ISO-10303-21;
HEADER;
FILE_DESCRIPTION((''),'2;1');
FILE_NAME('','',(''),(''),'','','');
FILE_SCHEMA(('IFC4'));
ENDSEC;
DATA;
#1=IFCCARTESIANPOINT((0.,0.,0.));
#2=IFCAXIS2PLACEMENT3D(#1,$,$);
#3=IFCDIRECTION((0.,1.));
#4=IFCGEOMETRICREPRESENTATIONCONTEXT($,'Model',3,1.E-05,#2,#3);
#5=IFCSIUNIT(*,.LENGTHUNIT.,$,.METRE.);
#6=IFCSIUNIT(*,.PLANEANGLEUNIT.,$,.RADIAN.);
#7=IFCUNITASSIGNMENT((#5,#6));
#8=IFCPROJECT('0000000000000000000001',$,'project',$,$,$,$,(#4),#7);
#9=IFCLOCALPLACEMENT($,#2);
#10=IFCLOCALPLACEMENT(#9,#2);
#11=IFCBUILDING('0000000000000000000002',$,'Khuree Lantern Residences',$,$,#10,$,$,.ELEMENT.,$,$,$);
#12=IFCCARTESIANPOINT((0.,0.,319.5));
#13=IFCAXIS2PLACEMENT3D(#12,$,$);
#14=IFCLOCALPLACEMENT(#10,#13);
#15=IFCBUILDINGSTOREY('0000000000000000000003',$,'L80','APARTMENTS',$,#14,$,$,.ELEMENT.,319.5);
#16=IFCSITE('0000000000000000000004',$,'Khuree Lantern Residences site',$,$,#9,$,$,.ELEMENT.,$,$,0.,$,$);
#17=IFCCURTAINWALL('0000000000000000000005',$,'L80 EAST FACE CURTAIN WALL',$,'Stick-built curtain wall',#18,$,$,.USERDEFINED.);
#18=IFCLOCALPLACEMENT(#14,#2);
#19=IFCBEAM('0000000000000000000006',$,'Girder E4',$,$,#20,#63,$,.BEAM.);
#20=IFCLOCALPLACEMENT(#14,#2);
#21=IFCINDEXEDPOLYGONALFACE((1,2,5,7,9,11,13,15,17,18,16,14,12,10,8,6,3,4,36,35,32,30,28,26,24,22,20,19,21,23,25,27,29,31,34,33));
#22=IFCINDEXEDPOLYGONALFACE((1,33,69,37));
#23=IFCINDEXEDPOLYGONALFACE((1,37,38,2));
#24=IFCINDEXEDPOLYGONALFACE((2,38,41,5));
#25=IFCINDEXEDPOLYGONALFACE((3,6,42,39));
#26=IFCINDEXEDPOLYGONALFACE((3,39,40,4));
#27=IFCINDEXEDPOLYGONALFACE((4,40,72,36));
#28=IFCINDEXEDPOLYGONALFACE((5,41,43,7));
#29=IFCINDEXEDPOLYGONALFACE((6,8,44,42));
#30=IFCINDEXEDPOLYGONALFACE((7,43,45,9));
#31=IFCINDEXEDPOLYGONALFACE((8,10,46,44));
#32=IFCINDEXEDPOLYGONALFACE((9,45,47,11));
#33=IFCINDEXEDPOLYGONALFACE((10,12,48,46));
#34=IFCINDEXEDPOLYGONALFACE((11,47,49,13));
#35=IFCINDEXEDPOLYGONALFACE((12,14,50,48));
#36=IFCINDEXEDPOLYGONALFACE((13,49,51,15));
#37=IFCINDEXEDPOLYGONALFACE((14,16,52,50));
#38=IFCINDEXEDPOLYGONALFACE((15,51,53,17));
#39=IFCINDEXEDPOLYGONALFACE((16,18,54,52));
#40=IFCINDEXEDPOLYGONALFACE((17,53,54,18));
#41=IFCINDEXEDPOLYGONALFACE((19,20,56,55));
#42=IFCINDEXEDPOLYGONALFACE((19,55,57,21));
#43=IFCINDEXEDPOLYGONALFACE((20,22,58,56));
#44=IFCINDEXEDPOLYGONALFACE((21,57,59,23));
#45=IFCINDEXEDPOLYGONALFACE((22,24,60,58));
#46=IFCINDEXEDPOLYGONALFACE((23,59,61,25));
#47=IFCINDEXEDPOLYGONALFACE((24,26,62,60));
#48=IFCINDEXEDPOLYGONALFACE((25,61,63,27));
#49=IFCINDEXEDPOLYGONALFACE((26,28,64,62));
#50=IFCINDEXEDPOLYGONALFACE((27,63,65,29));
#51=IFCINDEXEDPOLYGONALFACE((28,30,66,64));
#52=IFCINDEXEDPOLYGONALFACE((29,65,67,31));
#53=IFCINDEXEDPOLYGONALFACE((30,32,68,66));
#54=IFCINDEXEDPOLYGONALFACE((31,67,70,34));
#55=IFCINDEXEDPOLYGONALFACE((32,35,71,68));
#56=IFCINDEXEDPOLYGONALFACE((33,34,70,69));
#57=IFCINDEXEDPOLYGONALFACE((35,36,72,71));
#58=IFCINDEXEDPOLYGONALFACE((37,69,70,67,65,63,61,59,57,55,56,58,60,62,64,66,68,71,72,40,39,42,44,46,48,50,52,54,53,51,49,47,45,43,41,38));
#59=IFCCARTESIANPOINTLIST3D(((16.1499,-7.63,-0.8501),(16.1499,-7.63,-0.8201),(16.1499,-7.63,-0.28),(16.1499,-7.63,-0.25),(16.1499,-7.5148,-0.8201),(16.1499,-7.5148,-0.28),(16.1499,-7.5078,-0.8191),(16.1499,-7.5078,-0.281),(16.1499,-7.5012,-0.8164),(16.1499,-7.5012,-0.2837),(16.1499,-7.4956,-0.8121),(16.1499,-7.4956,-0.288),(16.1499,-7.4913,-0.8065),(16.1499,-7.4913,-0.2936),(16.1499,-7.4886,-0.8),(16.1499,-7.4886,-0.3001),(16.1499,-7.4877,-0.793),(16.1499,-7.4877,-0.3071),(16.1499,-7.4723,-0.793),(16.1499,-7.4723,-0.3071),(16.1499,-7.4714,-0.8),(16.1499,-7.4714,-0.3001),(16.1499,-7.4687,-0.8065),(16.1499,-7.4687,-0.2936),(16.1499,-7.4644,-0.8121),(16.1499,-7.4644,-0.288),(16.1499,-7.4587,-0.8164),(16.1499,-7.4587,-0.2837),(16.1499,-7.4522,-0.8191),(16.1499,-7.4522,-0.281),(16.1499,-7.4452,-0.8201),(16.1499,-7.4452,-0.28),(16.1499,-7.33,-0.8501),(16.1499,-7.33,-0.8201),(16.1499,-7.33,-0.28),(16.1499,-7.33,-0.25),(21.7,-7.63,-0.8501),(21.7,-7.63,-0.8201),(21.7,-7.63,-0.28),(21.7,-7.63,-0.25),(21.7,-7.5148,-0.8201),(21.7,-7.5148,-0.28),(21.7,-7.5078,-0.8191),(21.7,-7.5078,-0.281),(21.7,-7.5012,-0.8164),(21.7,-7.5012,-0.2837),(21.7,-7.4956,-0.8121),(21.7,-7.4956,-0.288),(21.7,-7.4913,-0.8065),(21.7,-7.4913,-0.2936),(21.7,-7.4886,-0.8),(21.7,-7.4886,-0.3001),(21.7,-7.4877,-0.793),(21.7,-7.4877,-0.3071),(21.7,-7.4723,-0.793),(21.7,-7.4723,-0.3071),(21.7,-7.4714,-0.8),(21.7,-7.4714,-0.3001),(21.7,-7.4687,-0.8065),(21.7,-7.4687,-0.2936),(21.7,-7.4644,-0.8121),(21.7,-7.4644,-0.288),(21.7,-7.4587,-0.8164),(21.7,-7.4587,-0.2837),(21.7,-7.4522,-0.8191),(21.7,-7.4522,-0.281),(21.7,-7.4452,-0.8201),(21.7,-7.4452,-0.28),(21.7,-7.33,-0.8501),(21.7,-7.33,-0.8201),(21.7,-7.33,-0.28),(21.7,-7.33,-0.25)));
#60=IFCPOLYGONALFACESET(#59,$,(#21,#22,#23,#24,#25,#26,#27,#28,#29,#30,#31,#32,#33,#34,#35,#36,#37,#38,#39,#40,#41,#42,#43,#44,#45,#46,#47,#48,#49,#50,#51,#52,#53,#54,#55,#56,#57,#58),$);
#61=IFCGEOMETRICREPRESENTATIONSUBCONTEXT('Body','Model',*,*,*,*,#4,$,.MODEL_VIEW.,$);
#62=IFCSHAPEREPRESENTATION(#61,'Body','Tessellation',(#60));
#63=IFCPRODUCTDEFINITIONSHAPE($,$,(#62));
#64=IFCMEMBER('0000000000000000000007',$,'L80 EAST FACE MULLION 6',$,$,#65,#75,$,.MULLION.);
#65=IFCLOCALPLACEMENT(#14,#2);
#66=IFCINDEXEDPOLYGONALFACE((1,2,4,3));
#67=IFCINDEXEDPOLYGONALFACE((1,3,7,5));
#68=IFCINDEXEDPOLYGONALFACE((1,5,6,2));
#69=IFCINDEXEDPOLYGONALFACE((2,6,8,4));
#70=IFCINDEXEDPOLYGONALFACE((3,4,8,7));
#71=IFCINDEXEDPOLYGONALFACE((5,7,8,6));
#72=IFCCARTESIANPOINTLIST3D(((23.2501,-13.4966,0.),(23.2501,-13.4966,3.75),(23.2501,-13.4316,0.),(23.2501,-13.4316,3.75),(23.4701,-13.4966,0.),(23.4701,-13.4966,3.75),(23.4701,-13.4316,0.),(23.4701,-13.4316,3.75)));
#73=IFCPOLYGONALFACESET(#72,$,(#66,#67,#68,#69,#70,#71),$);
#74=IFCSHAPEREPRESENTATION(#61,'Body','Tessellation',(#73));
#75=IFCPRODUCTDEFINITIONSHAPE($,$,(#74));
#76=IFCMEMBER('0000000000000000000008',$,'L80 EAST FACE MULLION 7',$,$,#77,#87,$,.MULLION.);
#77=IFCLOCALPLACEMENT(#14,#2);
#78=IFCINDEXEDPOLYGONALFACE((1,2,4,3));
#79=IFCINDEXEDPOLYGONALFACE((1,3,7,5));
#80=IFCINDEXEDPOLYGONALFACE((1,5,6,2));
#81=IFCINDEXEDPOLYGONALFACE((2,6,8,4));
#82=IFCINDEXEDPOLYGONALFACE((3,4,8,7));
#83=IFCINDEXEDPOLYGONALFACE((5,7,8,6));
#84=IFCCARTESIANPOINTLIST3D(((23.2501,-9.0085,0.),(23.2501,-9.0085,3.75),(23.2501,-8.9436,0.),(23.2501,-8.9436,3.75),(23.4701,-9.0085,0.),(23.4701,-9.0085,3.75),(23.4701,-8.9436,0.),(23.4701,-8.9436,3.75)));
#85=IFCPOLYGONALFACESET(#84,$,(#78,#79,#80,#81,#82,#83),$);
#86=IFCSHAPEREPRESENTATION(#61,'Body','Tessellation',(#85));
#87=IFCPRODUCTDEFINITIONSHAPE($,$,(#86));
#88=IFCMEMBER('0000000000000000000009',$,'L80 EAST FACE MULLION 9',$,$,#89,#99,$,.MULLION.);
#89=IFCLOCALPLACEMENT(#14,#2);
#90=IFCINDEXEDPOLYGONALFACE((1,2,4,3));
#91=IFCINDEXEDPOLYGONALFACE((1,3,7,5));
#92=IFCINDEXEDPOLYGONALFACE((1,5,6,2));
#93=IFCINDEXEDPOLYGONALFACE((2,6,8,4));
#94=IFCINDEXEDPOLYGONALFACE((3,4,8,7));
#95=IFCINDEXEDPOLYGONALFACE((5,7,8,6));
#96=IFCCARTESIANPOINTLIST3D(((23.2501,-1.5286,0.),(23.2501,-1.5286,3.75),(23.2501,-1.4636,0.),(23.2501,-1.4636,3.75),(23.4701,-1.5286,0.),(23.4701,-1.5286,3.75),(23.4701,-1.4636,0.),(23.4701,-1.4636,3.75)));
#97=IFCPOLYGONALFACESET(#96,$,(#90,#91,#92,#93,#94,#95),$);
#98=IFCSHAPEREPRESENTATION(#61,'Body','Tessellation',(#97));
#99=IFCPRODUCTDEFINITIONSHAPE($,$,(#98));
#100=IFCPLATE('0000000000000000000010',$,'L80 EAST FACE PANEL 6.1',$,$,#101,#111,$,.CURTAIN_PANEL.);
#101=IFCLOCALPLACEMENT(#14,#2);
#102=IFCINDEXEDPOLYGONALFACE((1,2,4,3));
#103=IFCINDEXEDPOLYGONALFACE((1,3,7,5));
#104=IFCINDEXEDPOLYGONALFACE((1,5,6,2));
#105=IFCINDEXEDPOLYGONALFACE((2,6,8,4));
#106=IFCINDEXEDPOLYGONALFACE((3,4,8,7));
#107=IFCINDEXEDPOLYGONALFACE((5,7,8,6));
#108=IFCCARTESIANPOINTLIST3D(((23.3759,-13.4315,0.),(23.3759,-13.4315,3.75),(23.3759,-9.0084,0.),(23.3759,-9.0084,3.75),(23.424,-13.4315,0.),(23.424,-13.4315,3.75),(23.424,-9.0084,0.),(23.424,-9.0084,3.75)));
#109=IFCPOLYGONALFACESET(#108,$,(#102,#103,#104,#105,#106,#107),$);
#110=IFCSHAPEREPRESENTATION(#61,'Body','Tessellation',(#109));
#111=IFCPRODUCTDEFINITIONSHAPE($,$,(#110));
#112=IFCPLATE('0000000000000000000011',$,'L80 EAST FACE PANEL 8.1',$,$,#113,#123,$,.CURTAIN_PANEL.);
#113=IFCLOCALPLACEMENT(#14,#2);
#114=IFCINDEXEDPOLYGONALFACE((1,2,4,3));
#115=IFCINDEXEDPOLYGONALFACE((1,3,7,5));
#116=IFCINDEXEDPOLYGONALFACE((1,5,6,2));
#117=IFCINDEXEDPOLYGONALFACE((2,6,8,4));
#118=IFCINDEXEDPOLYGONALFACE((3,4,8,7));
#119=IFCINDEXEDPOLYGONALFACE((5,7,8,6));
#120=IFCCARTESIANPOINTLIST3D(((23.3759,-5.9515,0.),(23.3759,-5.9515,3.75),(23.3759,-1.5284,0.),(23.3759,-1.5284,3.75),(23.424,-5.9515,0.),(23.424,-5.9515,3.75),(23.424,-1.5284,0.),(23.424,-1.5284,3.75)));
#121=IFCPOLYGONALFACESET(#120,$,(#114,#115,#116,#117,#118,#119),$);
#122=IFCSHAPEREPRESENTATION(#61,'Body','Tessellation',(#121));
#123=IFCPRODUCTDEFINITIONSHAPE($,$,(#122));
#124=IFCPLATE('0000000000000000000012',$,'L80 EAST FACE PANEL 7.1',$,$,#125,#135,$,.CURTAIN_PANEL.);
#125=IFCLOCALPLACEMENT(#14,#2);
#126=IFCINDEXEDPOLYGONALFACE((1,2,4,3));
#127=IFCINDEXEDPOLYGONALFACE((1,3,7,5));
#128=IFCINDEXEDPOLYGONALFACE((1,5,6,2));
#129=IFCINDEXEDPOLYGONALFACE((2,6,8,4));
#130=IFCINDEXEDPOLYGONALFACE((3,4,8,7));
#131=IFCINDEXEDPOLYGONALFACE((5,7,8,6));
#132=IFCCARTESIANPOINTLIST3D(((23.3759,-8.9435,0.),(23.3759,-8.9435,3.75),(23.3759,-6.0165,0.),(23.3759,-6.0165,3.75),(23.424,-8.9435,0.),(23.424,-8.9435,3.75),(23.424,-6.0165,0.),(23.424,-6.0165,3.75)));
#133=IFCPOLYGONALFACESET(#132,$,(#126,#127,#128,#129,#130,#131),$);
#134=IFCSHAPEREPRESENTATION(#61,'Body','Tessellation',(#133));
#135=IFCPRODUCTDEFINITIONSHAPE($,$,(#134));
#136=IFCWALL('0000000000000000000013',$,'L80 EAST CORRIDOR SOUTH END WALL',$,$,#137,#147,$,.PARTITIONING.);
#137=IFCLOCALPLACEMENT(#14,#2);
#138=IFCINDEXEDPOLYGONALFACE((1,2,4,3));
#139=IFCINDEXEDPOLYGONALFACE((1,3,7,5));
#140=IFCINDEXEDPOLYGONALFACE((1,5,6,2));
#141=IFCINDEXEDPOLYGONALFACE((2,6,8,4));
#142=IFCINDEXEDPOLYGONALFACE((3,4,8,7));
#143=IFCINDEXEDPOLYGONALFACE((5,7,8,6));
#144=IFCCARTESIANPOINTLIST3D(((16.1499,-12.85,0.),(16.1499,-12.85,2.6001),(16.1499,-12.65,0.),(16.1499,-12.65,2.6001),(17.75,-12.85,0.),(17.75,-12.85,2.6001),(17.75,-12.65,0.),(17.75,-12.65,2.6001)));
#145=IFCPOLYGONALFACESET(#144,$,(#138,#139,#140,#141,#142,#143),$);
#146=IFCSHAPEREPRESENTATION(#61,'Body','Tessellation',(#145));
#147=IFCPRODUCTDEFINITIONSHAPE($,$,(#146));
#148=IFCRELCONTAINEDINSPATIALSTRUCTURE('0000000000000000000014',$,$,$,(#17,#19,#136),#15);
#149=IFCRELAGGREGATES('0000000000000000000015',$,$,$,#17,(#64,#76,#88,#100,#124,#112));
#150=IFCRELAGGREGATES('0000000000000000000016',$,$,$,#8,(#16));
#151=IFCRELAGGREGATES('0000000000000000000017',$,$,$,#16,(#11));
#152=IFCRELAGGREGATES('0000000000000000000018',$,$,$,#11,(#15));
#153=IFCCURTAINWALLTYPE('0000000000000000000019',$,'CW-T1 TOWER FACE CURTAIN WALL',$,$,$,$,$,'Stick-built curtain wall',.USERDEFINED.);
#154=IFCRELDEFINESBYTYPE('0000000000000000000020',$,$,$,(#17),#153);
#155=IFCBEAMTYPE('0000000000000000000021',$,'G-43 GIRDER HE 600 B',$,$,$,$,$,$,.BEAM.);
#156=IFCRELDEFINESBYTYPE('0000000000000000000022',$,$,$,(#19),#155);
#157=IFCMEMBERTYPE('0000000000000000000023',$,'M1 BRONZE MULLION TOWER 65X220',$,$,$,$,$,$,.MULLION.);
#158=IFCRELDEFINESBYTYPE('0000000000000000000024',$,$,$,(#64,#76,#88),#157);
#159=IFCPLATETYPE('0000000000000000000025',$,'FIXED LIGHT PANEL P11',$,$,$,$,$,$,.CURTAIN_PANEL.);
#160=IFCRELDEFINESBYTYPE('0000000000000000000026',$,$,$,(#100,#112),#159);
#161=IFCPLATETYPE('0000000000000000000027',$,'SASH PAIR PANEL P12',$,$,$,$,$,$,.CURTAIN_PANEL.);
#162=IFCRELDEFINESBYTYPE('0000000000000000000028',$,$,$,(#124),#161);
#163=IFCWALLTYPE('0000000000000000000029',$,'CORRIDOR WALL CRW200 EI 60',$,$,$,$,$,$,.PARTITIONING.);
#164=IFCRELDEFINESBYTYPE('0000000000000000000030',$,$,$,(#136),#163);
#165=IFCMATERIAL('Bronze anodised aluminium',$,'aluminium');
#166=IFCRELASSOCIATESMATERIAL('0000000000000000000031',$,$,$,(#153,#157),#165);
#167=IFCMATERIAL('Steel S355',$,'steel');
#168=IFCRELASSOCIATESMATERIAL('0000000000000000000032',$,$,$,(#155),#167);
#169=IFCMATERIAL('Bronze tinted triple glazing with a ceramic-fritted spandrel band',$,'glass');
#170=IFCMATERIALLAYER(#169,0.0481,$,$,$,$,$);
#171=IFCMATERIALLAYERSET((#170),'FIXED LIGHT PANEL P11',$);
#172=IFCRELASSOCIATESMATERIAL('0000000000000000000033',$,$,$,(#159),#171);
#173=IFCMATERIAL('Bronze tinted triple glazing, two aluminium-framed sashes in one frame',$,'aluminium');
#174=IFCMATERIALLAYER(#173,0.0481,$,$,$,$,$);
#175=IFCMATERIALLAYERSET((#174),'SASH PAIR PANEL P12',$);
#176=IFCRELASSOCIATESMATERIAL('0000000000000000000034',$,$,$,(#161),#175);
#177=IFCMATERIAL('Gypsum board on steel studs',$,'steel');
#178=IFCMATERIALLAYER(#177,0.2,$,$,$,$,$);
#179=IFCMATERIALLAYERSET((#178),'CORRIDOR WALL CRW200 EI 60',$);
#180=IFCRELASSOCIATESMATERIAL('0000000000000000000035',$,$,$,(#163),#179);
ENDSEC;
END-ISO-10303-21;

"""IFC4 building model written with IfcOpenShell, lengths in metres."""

from ifc_helpers import new_model, si_unit, direction, frame, frame_2d, origin, origin_2d, place, context, subcontext, project, spatial, rectangle, i_section, extrude, material, layer, layer_set, material_profile, profile_set, type_object, element, aggregate, save


model = new_model("IFC4")

# Units and contexts
model_context = context("Model", 3, precision=1e-05, world=origin(), true_north=direction((0.0, 1.0)))
body_context = subcontext(model_context, "Body", "Model", "MODEL_VIEW")
ifc_project = project(units=[si_unit("LENGTHUNIT", "METRE"), si_unit("PLANEANGLEUNIT", "RADIAN")], contexts=[model_context])

# Site, building, storey
site_placement = place(None, origin())
site = spatial("IfcSite", under=ifc_project, at=site_placement, Name="Khuree Lantern Residences site", CompositionType="ELEMENT", RefElevation=0.0)
building_placement = place(site_placement, origin())
building = spatial("IfcBuilding", under=site, at=building_placement, Name="Khuree Lantern Residences", CompositionType="ELEMENT")
storey_placement = place(building_placement, frame((0.0, 0.0, 319.5)))
storey = spatial("IfcBuildingStorey", under=building, at=storey_placement, Name="L80", Description="APARTMENTS", CompositionType="ELEMENT", Elevation=319.5)

# Shared definitions
ifc_material_1 = material(Name="Steel S355", Category="steel")

# Curtain wall
ifc_material_2 = material(Name="Bronze anodised aluminium", Category="aluminium")
curtain_wall_type = type_object("IfcCurtainWallType", Name="CW-T1 TOWER FACE CURTAIN WALL", ElementType="Stick-built curtain wall", PredefinedType="USERDEFINED", material=ifc_material_2)
curtain_wall_placement = place(storey_placement, origin())
curtain_wall = element("IfcCurtainWall", 1, at=curtain_wall_placement, inside=storey, type_object=curtain_wall_type, Name="L80 EAST FACE CURTAIN WALL", ObjectType="Stick-built curtain wall", PredefinedType="USERDEFINED")

# Beam
ifc_material_profile_1 = material_profile(ifc_material_1, i_section(OverallWidth=0.3, OverallDepth=0.6001, WebThickness=0.0154, FlangeThickness=0.03, FilletRadius=0.0271, at=origin_2d()), Name="HE 600 B")
ifc_profile_set_1 = profile_set([ifc_material_profile_1], Name="Steel S355")
beam_type_1 = type_object("IfcBeamType", Name="G-43 GIRDER HE 600 B", PredefinedType="BEAM", material=ifc_profile_set_1)
beam_1_placement = place(storey_placement, frame((21.7, -7.48, -0.55), z_axis=(-1.0, 0.0, 0.0), x_axis=(0.0, -1.0, 0.0)))
element("IfcBeam", 2, at=beam_1_placement, inside=storey, type_object=beam_type_1, Name="Girder E4", PredefinedType="BEAM", context=body_context, shape_type="SweptSolid", body=[
    extrude(i_section(OverallWidth=0.3, OverallDepth=0.6001, WebThickness=0.0154, FlangeThickness=0.03, FilletRadius=0.0271, at=origin_2d()), origin(), (0.0, 0.0, 1.0), 5.55),
])

# Members
ifc_material_profile_2 = material_profile(ifc_material_2, rectangle(XDim=0.0649, YDim=0.22, at=origin_2d()), Name="M1 65X220")
ifc_profile_set_2 = profile_set([ifc_material_profile_2], Name="Bronze anodised aluminium")
member_type_1 = type_object("IfcMemberType", Name="M1 BRONZE MULLION TOWER 65X220", PredefinedType="MULLION", material=ifc_profile_set_2)
member_1_placement = place(storey_placement, frame((23.3601, -13.4641, 0.0), z_axis=(0.0, 0.0, 1.0), x_axis=(0.0, 1.0, 0.0)))
member_1 = element("IfcMember", 3, at=member_1_placement, type_object=member_type_1, Name="L80 EAST FACE MULLION 6", PredefinedType="MULLION", context=body_context, shape_type="SweptSolid", body=[
    extrude(rectangle(XDim=0.0649, YDim=0.22, at=origin_2d()), origin(), (0.0, 0.0, 1.0), 3.75),
])
member_2_placement = place(storey_placement, frame((23.3601, -8.9761, 0.0), z_axis=(0.0, 0.0, 1.0), x_axis=(0.0, 1.0, 0.0)))
member_2 = element("IfcMember", 4, at=member_2_placement, type_object=member_type_1, Name="L80 EAST FACE MULLION 7", PredefinedType="MULLION", context=body_context, shape_type="SweptSolid", body=[
    extrude(rectangle(XDim=0.0649, YDim=0.22, at=origin_2d()), origin(), (0.0, 0.0, 1.0), 3.75),
])
member_3_placement = place(storey_placement, frame((23.3601, -1.4961, 0.0), z_axis=(0.0, 0.0, 1.0), x_axis=(0.0, 1.0, 0.0)))
member_3 = element("IfcMember", 5, at=member_3_placement, type_object=member_type_1, Name="L80 EAST FACE MULLION 9", PredefinedType="MULLION", context=body_context, shape_type="SweptSolid", body=[
    extrude(rectangle(XDim=0.0649, YDim=0.22, at=origin_2d()), origin(), (0.0, 0.0, 1.0), 3.75),
])

# Plates
ifc_material_3 = material(Name="Bronze tinted triple glazing with a ceramic-fritted spandrel band", Category="glass")
ifc_layer_1 = layer(ifc_material_3, 0.0481)
ifc_layer_set_1 = layer_set([ifc_layer_1], Name="FIXED LIGHT PANEL P11")
plate_type_1 = type_object("IfcPlateType", Name="FIXED LIGHT PANEL P11", PredefinedType="CURTAIN_PANEL", material=ifc_layer_set_1)
plate_1_placement = place(storey_placement, frame((23.3999, -11.22, 0.0), z_axis=(0.0, 0.0, 1.0), x_axis=(0.0, 1.0, 0.0)))
plate_1 = element("IfcPlate", 6, at=plate_1_placement, type_object=plate_type_1, Name="L80 EAST FACE PANEL 6.1", PredefinedType="CURTAIN_PANEL", context=body_context, shape_type="SweptSolid", body=[
    extrude(rectangle(XDim=4.4231, YDim=0.0481, at=origin_2d()), origin(), (0.0, 0.0, 1.0), 3.75),
])
plate_2_placement = place(storey_placement, frame((23.3999, -3.74, 0.0), z_axis=(0.0, 0.0, 1.0), x_axis=(0.0, 1.0, 0.0)))
plate_2 = element("IfcPlate", 7, at=plate_2_placement, type_object=plate_type_1, Name="L80 EAST FACE PANEL 8.1", PredefinedType="CURTAIN_PANEL", context=body_context, shape_type="SweptSolid", body=[
    extrude(rectangle(XDim=4.4231, YDim=0.0481, at=origin_2d()), origin(), (0.0, 0.0, 1.0), 3.75),
])
ifc_material_4 = material(Name="Bronze tinted triple glazing, two aluminium-framed sashes in one frame", Category="aluminium")
ifc_layer_2 = layer(ifc_material_4, 0.0481)
ifc_layer_set_2 = layer_set([ifc_layer_2], Name="SASH PAIR PANEL P12")
plate_type_2 = type_object("IfcPlateType", Name="SASH PAIR PANEL P12", PredefinedType="CURTAIN_PANEL", material=ifc_layer_set_2)
plate_3_placement = place(storey_placement, frame((23.3999, -7.48, 0.0), z_axis=(0.0, 0.0, 1.0), x_axis=(0.0, 1.0, 0.0)))
plate_3 = element("IfcPlate", 8, at=plate_3_placement, type_object=plate_type_2, Name="L80 EAST FACE PANEL 7.1", PredefinedType="CURTAIN_PANEL", context=body_context, shape_type="SweptSolid", body=[
    extrude(rectangle(XDim=2.927, YDim=0.0481, at=origin_2d()), origin(), (0.0, 0.0, 1.0), 3.75),
])
aggregate(curtain_wall, [member_1, member_2, member_3, plate_1, plate_3, plate_2])

# Wall
ifc_material_5 = material(Name="Gypsum board on steel studs", Category="steel")
ifc_layer_3 = layer(ifc_material_5, 0.2)
ifc_layer_set_3 = layer_set([ifc_layer_3], Name="CORRIDOR WALL CRW200 EI 60")
wall_type_1 = type_object("IfcWallType", Name="CORRIDOR WALL CRW200 EI 60", PredefinedType="PARTITIONING", material=ifc_layer_set_3)
wall_1_placement = place(storey_placement, frame((16.1499, -12.75, 0.0), z_axis=(0.0, 0.0, 1.0), x_axis=(1.0, 0.0, 0.0)))
element("IfcWall", 9, at=wall_1_placement, inside=storey, type_object=wall_type_1, Name="L80 EAST CORRIDOR SOUTH END WALL", PredefinedType="PARTITIONING", context=body_context, shape_type="SweptSolid", body=[
    extrude(rectangle(XDim=1.6001, YDim=0.2, at=frame_2d((0.8, 0.0))), origin(), (0.0, 0.0, 1.0), 2.6001),
])

save(model, "model.ifc")
